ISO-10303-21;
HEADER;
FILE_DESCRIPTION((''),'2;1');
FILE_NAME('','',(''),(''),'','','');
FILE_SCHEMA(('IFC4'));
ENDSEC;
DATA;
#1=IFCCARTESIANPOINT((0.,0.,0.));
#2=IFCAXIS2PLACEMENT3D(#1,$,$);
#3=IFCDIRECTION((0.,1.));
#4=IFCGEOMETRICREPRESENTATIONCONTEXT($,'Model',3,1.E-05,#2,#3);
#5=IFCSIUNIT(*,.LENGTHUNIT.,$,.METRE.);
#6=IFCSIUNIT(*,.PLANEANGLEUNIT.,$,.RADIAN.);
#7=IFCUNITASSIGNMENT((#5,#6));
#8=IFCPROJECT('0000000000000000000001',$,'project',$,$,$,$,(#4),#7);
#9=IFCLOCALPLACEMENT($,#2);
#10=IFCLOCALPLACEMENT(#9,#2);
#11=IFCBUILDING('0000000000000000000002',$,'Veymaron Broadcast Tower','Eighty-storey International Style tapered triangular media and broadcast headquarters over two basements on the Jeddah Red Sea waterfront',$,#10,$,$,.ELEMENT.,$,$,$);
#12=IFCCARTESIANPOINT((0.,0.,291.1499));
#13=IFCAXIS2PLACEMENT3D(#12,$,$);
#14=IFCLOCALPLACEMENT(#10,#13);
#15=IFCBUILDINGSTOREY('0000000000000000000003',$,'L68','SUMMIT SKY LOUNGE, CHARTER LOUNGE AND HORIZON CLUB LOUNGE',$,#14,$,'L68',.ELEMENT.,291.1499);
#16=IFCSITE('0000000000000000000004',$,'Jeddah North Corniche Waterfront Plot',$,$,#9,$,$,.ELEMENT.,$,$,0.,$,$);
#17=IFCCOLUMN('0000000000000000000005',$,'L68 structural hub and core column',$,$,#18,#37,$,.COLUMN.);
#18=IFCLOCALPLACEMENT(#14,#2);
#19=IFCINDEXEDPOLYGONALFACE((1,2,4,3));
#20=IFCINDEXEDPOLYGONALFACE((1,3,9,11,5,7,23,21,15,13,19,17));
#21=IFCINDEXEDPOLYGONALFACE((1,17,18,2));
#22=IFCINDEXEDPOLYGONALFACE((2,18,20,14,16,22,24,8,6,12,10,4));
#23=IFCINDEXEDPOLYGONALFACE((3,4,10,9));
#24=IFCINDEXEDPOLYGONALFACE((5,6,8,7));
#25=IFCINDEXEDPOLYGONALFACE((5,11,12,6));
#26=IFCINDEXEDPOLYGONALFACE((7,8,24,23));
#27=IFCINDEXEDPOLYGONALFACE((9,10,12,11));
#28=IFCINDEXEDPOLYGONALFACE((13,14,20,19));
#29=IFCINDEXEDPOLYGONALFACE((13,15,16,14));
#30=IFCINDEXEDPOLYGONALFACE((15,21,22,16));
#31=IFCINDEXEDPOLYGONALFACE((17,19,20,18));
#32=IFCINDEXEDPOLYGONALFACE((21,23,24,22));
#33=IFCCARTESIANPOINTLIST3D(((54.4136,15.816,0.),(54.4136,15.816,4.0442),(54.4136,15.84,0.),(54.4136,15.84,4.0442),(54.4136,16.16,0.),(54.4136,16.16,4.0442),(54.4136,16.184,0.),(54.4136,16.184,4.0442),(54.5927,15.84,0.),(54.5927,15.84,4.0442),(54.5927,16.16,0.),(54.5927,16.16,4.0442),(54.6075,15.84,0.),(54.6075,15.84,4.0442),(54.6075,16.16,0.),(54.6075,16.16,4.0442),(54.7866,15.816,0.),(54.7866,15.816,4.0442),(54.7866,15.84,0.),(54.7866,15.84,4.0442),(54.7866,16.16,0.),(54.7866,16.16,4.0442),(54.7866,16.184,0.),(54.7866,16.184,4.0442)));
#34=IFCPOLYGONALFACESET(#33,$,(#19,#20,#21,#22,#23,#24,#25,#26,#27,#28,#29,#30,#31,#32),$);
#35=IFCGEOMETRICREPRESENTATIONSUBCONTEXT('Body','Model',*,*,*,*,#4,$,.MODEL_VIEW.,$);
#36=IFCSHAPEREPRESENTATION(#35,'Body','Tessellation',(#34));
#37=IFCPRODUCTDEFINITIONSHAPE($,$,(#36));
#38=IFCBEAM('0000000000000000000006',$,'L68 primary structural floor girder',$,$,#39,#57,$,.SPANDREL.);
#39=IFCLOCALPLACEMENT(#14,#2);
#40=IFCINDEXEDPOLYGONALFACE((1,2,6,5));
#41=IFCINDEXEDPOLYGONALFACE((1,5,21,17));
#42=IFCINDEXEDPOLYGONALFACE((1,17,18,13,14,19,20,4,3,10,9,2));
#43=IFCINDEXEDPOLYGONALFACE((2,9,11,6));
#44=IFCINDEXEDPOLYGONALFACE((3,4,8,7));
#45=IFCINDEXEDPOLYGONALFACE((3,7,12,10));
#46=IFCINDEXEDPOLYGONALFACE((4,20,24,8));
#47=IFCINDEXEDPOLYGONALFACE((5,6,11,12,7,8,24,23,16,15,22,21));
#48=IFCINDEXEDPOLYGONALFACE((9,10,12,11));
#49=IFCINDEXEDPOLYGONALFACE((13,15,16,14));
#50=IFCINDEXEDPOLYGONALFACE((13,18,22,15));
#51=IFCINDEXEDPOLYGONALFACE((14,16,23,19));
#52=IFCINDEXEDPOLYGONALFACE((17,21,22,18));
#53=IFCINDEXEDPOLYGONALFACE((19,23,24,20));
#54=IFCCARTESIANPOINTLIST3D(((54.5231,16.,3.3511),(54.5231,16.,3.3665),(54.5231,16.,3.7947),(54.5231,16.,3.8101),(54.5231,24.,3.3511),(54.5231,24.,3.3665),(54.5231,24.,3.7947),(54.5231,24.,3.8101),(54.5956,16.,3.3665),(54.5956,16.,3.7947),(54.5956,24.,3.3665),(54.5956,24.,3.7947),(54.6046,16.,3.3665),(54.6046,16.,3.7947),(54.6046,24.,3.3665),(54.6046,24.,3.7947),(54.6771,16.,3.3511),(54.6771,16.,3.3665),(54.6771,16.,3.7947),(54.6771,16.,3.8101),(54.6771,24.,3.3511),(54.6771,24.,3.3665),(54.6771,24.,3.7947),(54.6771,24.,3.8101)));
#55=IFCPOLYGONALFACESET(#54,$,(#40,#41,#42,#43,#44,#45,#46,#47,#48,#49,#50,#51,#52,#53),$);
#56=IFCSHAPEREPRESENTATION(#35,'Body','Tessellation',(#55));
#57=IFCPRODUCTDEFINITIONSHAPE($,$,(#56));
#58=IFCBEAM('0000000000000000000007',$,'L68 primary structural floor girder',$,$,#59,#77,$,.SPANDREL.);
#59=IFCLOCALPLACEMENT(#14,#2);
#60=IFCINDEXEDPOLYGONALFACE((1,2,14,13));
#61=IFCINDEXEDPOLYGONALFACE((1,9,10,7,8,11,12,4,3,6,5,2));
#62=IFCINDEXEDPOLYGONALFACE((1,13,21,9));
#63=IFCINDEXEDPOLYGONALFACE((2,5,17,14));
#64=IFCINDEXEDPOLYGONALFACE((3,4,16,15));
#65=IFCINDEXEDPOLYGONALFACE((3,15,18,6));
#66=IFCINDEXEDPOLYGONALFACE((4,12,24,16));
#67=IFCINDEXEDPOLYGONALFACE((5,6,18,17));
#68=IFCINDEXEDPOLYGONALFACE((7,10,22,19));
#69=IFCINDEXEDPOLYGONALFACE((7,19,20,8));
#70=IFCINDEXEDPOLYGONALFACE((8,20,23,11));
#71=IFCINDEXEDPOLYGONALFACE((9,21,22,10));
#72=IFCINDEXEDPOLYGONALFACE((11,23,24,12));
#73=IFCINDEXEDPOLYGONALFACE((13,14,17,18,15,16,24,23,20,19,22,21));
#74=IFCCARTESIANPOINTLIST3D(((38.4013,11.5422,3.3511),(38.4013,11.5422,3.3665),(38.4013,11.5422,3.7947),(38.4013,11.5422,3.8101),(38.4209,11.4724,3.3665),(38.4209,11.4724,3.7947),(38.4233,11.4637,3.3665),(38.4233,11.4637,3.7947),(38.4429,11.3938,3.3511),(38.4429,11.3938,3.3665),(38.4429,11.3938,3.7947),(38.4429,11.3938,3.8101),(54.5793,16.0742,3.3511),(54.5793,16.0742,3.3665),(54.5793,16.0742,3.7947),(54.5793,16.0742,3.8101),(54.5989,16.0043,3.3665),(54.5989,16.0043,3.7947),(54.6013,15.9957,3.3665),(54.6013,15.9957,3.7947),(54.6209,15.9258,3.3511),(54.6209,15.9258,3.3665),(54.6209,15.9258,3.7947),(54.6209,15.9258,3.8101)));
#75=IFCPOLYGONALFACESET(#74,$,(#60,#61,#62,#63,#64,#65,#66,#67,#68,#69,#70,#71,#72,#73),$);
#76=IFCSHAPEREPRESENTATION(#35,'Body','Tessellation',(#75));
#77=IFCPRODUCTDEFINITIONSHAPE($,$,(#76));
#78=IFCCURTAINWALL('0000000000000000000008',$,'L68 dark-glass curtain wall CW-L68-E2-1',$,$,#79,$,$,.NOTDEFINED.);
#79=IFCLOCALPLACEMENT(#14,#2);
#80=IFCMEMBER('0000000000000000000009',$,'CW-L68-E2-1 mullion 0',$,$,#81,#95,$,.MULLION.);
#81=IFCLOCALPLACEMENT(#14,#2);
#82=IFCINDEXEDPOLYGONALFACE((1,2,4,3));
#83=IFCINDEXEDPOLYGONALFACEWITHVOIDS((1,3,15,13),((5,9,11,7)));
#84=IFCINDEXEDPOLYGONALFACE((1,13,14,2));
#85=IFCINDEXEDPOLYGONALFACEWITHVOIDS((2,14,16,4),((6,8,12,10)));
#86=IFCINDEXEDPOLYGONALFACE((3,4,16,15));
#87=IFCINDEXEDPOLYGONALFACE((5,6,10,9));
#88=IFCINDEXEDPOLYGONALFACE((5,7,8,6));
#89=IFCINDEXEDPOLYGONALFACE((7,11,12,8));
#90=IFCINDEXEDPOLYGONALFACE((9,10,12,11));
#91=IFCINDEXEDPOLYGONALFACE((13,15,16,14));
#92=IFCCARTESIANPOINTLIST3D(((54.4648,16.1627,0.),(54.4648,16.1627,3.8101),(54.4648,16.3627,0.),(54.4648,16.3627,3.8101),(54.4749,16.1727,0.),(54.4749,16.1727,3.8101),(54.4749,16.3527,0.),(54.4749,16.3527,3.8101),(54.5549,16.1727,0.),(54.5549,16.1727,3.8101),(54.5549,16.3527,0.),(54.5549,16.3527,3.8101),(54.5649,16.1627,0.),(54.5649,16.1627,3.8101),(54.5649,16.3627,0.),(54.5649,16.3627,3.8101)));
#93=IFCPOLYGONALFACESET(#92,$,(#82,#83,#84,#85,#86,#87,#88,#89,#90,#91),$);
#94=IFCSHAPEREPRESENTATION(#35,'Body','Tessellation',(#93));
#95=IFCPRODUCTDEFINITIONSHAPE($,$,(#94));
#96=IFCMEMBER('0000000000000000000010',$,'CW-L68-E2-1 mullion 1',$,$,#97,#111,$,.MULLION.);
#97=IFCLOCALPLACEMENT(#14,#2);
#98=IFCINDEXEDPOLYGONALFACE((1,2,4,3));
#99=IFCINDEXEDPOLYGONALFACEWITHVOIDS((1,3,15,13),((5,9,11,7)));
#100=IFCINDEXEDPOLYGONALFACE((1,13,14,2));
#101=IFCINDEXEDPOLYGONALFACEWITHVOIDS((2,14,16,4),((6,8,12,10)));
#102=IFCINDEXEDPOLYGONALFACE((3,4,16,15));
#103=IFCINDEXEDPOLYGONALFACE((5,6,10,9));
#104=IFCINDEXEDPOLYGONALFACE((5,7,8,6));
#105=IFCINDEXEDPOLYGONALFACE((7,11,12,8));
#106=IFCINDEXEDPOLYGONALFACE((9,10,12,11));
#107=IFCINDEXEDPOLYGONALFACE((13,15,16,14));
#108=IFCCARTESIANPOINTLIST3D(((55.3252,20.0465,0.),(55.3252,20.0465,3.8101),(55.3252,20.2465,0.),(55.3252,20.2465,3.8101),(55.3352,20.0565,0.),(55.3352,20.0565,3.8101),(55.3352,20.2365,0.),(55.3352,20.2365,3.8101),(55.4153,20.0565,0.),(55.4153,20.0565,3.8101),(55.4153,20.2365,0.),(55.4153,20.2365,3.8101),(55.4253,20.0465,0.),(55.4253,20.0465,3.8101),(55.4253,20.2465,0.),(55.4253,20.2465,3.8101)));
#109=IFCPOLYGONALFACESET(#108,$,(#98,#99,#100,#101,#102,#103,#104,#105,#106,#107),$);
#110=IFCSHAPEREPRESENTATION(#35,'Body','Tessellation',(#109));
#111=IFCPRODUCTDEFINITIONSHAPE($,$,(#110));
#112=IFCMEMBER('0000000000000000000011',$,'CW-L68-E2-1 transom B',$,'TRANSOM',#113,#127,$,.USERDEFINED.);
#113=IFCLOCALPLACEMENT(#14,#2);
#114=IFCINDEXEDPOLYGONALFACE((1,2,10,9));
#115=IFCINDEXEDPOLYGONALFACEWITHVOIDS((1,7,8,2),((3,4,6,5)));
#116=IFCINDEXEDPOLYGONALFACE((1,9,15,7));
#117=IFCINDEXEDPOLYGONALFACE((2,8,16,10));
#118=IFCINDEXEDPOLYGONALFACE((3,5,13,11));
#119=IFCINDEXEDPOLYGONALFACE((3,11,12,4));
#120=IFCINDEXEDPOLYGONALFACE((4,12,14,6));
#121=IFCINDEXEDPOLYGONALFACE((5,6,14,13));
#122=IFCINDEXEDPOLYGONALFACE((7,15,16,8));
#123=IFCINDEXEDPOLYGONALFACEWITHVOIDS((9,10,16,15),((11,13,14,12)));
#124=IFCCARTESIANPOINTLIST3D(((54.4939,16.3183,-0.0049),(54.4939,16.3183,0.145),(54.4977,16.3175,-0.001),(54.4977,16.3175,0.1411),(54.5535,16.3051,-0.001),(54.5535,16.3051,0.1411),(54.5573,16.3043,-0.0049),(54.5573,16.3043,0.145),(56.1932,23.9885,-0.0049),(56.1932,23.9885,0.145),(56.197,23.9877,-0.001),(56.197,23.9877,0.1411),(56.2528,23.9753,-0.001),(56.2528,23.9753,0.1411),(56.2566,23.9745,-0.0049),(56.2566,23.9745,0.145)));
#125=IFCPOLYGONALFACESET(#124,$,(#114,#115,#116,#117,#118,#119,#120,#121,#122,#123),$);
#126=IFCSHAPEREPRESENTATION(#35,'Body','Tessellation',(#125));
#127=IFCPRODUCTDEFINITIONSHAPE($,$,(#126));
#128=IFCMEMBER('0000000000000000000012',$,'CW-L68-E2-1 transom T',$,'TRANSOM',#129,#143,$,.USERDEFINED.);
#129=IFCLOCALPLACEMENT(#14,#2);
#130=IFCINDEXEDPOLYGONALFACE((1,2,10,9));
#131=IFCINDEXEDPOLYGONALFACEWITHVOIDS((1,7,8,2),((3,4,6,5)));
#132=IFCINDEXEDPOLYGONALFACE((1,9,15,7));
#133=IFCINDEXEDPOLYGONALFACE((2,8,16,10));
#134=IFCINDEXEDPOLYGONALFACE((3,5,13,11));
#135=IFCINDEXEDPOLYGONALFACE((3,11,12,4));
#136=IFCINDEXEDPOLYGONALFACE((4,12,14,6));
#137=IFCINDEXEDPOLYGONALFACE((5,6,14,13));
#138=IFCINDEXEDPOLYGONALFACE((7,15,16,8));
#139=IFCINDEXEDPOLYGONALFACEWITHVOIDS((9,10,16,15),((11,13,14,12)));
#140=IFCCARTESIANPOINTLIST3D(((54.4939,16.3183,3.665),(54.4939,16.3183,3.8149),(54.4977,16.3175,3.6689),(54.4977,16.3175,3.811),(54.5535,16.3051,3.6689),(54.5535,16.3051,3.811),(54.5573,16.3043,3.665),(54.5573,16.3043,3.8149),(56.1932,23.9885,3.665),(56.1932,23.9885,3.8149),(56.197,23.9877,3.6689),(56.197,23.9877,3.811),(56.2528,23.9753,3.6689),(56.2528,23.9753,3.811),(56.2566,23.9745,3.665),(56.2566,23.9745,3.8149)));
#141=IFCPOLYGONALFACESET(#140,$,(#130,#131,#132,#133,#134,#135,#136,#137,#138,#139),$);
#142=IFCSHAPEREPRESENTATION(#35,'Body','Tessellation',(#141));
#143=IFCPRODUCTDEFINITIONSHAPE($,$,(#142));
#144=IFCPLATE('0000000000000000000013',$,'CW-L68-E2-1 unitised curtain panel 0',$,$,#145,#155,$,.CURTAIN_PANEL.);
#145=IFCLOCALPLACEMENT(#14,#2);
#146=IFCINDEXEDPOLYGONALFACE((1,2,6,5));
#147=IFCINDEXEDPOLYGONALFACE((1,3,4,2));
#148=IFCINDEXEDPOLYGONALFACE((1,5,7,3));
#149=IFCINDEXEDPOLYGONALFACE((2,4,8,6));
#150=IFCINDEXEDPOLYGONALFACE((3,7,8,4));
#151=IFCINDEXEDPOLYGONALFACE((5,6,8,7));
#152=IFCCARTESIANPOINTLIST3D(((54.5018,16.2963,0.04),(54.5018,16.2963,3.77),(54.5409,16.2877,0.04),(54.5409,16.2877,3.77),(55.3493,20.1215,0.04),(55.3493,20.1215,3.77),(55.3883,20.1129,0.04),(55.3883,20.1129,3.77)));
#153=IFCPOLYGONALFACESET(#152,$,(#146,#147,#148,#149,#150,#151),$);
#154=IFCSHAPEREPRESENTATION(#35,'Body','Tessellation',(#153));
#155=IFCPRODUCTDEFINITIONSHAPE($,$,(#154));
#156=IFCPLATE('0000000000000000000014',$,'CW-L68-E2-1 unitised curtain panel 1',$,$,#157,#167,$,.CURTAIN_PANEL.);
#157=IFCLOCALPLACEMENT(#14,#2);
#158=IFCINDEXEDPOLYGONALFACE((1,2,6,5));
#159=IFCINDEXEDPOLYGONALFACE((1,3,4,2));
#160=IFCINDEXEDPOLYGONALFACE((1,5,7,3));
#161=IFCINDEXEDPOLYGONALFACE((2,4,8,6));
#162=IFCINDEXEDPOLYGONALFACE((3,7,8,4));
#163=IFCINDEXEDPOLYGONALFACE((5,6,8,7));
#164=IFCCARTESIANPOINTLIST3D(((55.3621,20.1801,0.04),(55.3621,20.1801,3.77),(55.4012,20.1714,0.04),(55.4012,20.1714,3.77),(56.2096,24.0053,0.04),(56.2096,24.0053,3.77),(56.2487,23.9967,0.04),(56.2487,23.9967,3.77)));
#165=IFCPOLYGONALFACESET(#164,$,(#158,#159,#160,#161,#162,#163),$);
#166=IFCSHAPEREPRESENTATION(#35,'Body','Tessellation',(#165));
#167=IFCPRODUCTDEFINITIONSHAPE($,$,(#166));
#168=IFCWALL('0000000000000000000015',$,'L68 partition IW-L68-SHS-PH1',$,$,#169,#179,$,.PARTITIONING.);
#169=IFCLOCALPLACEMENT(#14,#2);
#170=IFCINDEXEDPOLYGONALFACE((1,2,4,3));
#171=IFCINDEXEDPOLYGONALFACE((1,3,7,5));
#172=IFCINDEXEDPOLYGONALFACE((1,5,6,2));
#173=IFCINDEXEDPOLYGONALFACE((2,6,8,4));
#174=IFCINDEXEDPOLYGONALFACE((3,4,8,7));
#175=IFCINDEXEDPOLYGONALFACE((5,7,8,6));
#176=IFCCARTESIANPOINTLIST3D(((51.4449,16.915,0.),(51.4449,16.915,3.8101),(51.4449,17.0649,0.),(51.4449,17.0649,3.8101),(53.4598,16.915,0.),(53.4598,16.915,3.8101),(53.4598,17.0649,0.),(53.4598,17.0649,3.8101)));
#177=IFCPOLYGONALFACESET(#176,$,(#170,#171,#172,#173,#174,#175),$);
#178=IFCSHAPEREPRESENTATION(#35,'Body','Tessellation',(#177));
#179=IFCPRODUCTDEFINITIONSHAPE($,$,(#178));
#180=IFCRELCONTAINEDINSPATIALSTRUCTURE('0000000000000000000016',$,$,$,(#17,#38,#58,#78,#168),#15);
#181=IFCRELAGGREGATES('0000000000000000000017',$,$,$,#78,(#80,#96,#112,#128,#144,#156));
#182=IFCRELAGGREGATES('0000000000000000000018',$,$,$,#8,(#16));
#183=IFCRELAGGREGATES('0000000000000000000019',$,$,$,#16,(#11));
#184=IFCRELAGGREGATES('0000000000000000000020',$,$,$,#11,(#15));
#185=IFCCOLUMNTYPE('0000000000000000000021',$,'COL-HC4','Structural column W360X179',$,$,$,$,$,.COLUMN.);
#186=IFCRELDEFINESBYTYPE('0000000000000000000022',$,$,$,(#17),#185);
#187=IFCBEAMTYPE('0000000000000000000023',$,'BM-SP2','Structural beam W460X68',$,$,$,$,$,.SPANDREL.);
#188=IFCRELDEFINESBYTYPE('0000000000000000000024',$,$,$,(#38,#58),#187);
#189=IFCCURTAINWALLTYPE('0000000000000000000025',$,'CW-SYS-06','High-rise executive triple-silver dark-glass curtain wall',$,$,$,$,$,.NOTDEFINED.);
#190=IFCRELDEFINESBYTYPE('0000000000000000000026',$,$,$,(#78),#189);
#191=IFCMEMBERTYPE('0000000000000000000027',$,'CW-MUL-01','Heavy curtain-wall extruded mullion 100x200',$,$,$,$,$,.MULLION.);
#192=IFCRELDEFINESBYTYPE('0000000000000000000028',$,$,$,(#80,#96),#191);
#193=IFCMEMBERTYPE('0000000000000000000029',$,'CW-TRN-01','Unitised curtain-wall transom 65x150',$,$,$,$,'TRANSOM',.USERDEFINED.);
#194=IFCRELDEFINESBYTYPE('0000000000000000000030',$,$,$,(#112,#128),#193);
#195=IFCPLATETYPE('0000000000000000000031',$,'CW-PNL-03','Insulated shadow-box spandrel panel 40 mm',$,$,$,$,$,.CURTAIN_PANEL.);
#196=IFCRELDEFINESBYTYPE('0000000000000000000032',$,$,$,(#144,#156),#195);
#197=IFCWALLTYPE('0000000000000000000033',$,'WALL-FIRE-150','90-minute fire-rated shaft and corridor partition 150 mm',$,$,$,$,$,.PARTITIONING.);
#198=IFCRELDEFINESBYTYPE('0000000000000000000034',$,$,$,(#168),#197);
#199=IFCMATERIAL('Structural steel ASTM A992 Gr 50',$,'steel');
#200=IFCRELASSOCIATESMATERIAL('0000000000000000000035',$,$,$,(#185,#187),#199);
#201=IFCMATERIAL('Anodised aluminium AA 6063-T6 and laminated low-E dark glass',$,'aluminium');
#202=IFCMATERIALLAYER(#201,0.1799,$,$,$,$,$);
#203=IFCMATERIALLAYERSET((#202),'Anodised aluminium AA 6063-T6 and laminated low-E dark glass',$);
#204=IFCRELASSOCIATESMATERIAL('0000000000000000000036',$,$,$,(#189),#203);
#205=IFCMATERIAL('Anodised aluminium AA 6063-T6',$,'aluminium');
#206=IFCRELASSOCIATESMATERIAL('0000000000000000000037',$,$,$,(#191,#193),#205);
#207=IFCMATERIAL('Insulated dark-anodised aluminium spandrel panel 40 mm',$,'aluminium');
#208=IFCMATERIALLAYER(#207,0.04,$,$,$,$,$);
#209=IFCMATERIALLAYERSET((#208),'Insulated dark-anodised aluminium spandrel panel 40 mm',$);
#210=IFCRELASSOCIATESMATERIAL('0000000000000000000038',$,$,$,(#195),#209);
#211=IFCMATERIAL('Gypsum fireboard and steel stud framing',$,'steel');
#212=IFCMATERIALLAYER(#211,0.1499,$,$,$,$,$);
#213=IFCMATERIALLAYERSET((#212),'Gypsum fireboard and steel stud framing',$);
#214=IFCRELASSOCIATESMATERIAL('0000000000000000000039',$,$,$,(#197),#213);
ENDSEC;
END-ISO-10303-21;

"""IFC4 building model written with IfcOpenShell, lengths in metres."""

from ifc_helpers import new_model, si_unit, direction, frame, frame_2d, origin, origin_2d, place, context, subcontext, project, spatial, rectangle, hollow_rectangle, i_section, extrude, material, layer, layer_set, material_profile, profile_set, type_object, element, aggregate, save


model = new_model("IFC4")

# Units and contexts
model_context = context("Model", 3, precision=1e-05, world=origin(), true_north=direction((0.0, 1.0)))
body_context = subcontext(model_context, "Body", "Model", "MODEL_VIEW")
ifc_project = project(units=[si_unit("LENGTHUNIT", "METRE"), si_unit("PLANEANGLEUNIT", "RADIAN")], contexts=[model_context])

# Site, building, storey
site_placement = place(None, origin())
site = spatial("IfcSite", under=ifc_project, at=site_placement, Name="Jeddah North Corniche Waterfront Plot", CompositionType="ELEMENT", RefElevation=0.0)
building_placement = place(site_placement, origin())
building = spatial("IfcBuilding", under=site, at=building_placement, Name="Veymaron Broadcast Tower", Description="Eighty-storey International Style tapered triangular media and broadcast headquarters over two basements on the Jeddah Red Sea waterfront", CompositionType="ELEMENT")
storey_placement = place(building_placement, frame((0.0, 0.0, 291.1499)))
storey = spatial("IfcBuildingStorey", under=building, at=storey_placement, Name="L68", Description="SUMMIT SKY LOUNGE, CHARTER LOUNGE AND HORIZON CLUB LOUNGE", LongName="L68", CompositionType="ELEMENT", Elevation=291.1499)

# Column
ifc_material_1 = material(Name="Structural steel ASTM A992 Gr 50", Category="steel")
ifc_material_profile_1 = material_profile(ifc_material_1, i_section(OverallWidth=0.373, OverallDepth=0.3679, WebThickness=0.0149, FlangeThickness=0.0239, at=origin_2d()), Name="W360X179")
ifc_profile_set_1 = profile_set([ifc_material_profile_1], Name="Structural steel ASTM A992 Gr 50")
column_type = type_object("IfcColumnType", Name="COL-HC4", Description="Structural column W360X179", PredefinedType="COLUMN", material=ifc_profile_set_1)
column_placement = place(storey_placement, frame((54.6001, 16.0, 0.0), z_axis=(0.0, 0.0, 1.0), x_axis=(1.0, 0.0, 0.0)))
element("IfcColumn", 1, at=column_placement, inside=storey, type_object=column_type, Name="L68 structural hub and core column", PredefinedType="COLUMN", context=body_context, shape_type="SweptSolid", body=[
    extrude(i_section(OverallWidth=0.373, OverallDepth=0.3679, WebThickness=0.0149, FlangeThickness=0.0239, at=origin_2d()), origin(), (0.0, 0.0, 1.0), 4.0442),
])

# Beams
ifc_material_profile_2 = material_profile(ifc_material_1, i_section(OverallWidth=0.1541, OverallDepth=0.459, WebThickness=0.009, FlangeThickness=0.0154, at=origin_2d()), Name="W460X68")
ifc_profile_set_2 = profile_set([ifc_material_profile_2], Name="Structural steel ASTM A992 Gr 50")
beam_type = type_object("IfcBeamType", Name="BM-SP2", Description="Structural beam W460X68", PredefinedType="SPANDREL", material=ifc_profile_set_2)
beam_1_placement = place(storey_placement, frame((54.6001, 16.0, 3.5806), z_axis=(0.0, 1.0, 0.0), x_axis=(-1.0, 0.0, 0.0)))
element("IfcBeam", 2, at=beam_1_placement, inside=storey, type_object=beam_type, Name="L68 primary structural floor girder", PredefinedType="SPANDREL", context=body_context, shape_type="SweptSolid", body=[
    extrude(i_section(OverallWidth=0.1541, OverallDepth=0.459, WebThickness=0.009, FlangeThickness=0.0154, at=origin_2d()), origin(), (0.0, 0.0, 1.0), 8.0),
])
beam_2_placement = place(storey_placement, frame((54.6001, 16.0, 3.5806), z_axis=(-0.962931, -0.269749, 0.0), x_axis=(0.269749, -0.962931, 0.0)))
element("IfcBeam", 3, at=beam_2_placement, inside=storey, type_object=beam_type, Name="L68 primary structural floor girder", PredefinedType="SPANDREL", context=body_context, shape_type="SweptSolid", body=[
    extrude(i_section(OverallWidth=0.1541, OverallDepth=0.459, WebThickness=0.009, FlangeThickness=0.0154, at=origin_2d()), origin(), (0.0, 0.0, 1.0), 16.8008),
])

# Curtain wall, members, plates
ifc_material_2 = material(Name="Anodised aluminium AA 6063-T6 and laminated low-E dark glass", Category="aluminium")
ifc_layer_1 = layer(ifc_material_2, 0.1799)
ifc_layer_set_1 = layer_set([ifc_layer_1], Name="Anodised aluminium AA 6063-T6 and laminated low-E dark glass")
curtain_wall_type = type_object("IfcCurtainWallType", Name="CW-SYS-06", Description="High-rise executive triple-silver dark-glass curtain wall", PredefinedType="NOTDEFINED", material=ifc_layer_set_1)
curtain_wall_placement = place(storey_placement, origin())
curtain_wall = element("IfcCurtainWall", 4, at=curtain_wall_placement, inside=storey, type_object=curtain_wall_type, Name="L68 dark-glass curtain wall CW-L68-E2-1", PredefinedType="NOTDEFINED")
ifc_material_3 = material(Name="Anodised aluminium AA 6063-T6", Category="aluminium")
ifc_material_profile_3 = material_profile(ifc_material_3, hollow_rectangle(XDim=0.1001, YDim=0.2, WallThickness=0.01, at=origin_2d()), Name="RHS200X100X10")
ifc_profile_set_3 = profile_set([ifc_material_profile_3], Name="Anodised aluminium AA 6063-T6")
member_type_1 = type_object("IfcMemberType", Name="CW-MUL-01", Description="Heavy curtain-wall extruded mullion 100x200", PredefinedType="MULLION", material=ifc_profile_set_3)
member_1_placement = place(storey_placement, frame((54.5149, 16.2627, 0.0), z_axis=(0.0, 0.0, 1.0), x_axis=(1.0, 0.0, 0.0)))
member_1 = element("IfcMember", 5, at=member_1_placement, type_object=member_type_1, Name="CW-L68-E2-1 mullion 0", PredefinedType="MULLION", context=body_context, shape_type="SweptSolid", body=[
    extrude(hollow_rectangle(XDim=0.1001, YDim=0.2, WallThickness=0.01, at=origin_2d()), origin(), (0.0, 0.0, 1.0), 3.8101),
])
member_2_placement = place(storey_placement, frame((55.3752, 20.1465, 0.0), z_axis=(0.0, 0.0, 1.0), x_axis=(1.0, 0.0, 0.0)))
member_2 = element("IfcMember", 6, at=member_2_placement, type_object=member_type_1, Name="CW-L68-E2-1 mullion 1", PredefinedType="MULLION", context=body_context, shape_type="SweptSolid", body=[
    extrude(hollow_rectangle(XDim=0.1001, YDim=0.2, WallThickness=0.01, at=origin_2d()), origin(), (0.0, 0.0, 1.0), 3.8101),
])
ifc_material_profile_4 = material_profile(ifc_material_3, hollow_rectangle(XDim=0.0649, YDim=0.1499, WallThickness=0.0039, at=origin_2d()), Name="AL150X65X4")
ifc_profile_set_4 = profile_set([ifc_material_profile_4], Name="Anodised aluminium AA 6063-T6")
member_type_2 = type_object("IfcMemberType", Name="CW-TRN-01", Description="Unitised curtain-wall transom 65x150", ElementType="TRANSOM", PredefinedType="USERDEFINED", material=ifc_profile_set_4)
member_3_placement = place(storey_placement, frame((54.5256, 16.3113, 0.0701), z_axis=(0.216292, 0.976329, 0.0), x_axis=(-0.976329, 0.216292, 0.0)))
member_3 = element("IfcMember", 7, at=member_3_placement, type_object=member_type_2, Name="CW-L68-E2-1 transom B", ObjectType="TRANSOM", PredefinedType="USERDEFINED", context=body_context, shape_type="SweptSolid", body=[
    extrude(hollow_rectangle(XDim=0.0649, YDim=0.1499, WallThickness=0.0039, at=origin_2d()), origin(), (0.0, 0.0, 1.0), 7.8562),
])
member_4_placement = place(storey_placement, frame((54.5256, 16.3113, 3.74), z_axis=(0.216292, 0.976329, 0.0), x_axis=(-0.976329, 0.216292, 0.0)))
member_4 = element("IfcMember", 8, at=member_4_placement, type_object=member_type_2, Name="CW-L68-E2-1 transom T", ObjectType="TRANSOM", PredefinedType="USERDEFINED", context=body_context, shape_type="SweptSolid", body=[
    extrude(hollow_rectangle(XDim=0.0649, YDim=0.1499, WallThickness=0.0039, at=origin_2d()), origin(), (0.0, 0.0, 1.0), 7.8562),
])
ifc_material_4 = material(Name="Insulated dark-anodised aluminium spandrel panel 40 mm", Category="aluminium")
ifc_layer_2 = layer(ifc_material_4, 0.04)
ifc_layer_set_2 = layer_set([ifc_layer_2], Name="Insulated dark-anodised aluminium spandrel panel 40 mm")
plate_type = type_object("IfcPlateType", Name="CW-PNL-03", Description="Insulated shadow-box spandrel panel 40 mm", PredefinedType="CURTAIN_PANEL", material=ifc_layer_set_2)
plate_1_placement = place(storey_placement, frame((54.9451, 18.2046, 0.04), z_axis=(0.0, 0.0, 1.0), x_axis=(0.216303, 0.976326, 0.0)))
plate_1 = element("IfcPlate", 9, at=plate_1_placement, type_object=plate_type, Name="CW-L68-E2-1 unitised curtain panel 0", PredefinedType="CURTAIN_PANEL", context=body_context, shape_type="SweptSolid", body=[
    extrude(rectangle(XDim=3.918, YDim=0.04, at=origin_2d()), origin(), (0.0, 0.0, 1.0), 3.73),
])
plate_2_placement = place(storey_placement, frame((55.8054, 22.0884, 0.04), z_axis=(0.0, 0.0, 1.0), x_axis=(0.216303, 0.976326, 0.0)))
plate_2 = element("IfcPlate", 10, at=plate_2_placement, type_object=plate_type, Name="CW-L68-E2-1 unitised curtain panel 1", PredefinedType="CURTAIN_PANEL", context=body_context, shape_type="SweptSolid", body=[
    extrude(rectangle(XDim=3.918, YDim=0.04, at=origin_2d()), origin(), (0.0, 0.0, 1.0), 3.73),
])
aggregate(curtain_wall, [member_1, member_2, member_3, member_4, plate_1, plate_2])

# Shared definitions
ifc_material_5 = material(Name="Gypsum fireboard and steel stud framing", Category="steel")
ifc_layer_3 = layer(ifc_material_5, 0.1499)
ifc_layer_set_3 = layer_set([ifc_layer_3], Name="Gypsum fireboard and steel stud framing")
wall_type_1 = type_object("IfcWallType", Name="WALL-FIRE-150", Description="90-minute fire-rated shaft and corridor partition 150 mm", PredefinedType="PARTITIONING", material=ifc_layer_set_3)

# Wall
for number, where, z_axis, x_axis, name in (
    (11, (51.4451, 16.99, 0.0), (0.0, 0.0, 1.0), (1.0, 0.0, 0.0), "L68 partition IW-L68-SHS-PH1"),
):
    element("IfcWall", number, at=place(storey_placement, frame(where, z_axis=z_axis, x_axis=x_axis)), inside=storey, type_object=wall_type_1, Name=name, PredefinedType="PARTITIONING", context=body_context, shape_type="SweptSolid", body=[
        extrude(rectangle(XDim=2.0149, YDim=0.1499, at=frame_2d((1.0073, 0.0))), origin(), (0.0, 0.0, 1.0), 3.8101),
    ])

save(model, "model.ifc")
